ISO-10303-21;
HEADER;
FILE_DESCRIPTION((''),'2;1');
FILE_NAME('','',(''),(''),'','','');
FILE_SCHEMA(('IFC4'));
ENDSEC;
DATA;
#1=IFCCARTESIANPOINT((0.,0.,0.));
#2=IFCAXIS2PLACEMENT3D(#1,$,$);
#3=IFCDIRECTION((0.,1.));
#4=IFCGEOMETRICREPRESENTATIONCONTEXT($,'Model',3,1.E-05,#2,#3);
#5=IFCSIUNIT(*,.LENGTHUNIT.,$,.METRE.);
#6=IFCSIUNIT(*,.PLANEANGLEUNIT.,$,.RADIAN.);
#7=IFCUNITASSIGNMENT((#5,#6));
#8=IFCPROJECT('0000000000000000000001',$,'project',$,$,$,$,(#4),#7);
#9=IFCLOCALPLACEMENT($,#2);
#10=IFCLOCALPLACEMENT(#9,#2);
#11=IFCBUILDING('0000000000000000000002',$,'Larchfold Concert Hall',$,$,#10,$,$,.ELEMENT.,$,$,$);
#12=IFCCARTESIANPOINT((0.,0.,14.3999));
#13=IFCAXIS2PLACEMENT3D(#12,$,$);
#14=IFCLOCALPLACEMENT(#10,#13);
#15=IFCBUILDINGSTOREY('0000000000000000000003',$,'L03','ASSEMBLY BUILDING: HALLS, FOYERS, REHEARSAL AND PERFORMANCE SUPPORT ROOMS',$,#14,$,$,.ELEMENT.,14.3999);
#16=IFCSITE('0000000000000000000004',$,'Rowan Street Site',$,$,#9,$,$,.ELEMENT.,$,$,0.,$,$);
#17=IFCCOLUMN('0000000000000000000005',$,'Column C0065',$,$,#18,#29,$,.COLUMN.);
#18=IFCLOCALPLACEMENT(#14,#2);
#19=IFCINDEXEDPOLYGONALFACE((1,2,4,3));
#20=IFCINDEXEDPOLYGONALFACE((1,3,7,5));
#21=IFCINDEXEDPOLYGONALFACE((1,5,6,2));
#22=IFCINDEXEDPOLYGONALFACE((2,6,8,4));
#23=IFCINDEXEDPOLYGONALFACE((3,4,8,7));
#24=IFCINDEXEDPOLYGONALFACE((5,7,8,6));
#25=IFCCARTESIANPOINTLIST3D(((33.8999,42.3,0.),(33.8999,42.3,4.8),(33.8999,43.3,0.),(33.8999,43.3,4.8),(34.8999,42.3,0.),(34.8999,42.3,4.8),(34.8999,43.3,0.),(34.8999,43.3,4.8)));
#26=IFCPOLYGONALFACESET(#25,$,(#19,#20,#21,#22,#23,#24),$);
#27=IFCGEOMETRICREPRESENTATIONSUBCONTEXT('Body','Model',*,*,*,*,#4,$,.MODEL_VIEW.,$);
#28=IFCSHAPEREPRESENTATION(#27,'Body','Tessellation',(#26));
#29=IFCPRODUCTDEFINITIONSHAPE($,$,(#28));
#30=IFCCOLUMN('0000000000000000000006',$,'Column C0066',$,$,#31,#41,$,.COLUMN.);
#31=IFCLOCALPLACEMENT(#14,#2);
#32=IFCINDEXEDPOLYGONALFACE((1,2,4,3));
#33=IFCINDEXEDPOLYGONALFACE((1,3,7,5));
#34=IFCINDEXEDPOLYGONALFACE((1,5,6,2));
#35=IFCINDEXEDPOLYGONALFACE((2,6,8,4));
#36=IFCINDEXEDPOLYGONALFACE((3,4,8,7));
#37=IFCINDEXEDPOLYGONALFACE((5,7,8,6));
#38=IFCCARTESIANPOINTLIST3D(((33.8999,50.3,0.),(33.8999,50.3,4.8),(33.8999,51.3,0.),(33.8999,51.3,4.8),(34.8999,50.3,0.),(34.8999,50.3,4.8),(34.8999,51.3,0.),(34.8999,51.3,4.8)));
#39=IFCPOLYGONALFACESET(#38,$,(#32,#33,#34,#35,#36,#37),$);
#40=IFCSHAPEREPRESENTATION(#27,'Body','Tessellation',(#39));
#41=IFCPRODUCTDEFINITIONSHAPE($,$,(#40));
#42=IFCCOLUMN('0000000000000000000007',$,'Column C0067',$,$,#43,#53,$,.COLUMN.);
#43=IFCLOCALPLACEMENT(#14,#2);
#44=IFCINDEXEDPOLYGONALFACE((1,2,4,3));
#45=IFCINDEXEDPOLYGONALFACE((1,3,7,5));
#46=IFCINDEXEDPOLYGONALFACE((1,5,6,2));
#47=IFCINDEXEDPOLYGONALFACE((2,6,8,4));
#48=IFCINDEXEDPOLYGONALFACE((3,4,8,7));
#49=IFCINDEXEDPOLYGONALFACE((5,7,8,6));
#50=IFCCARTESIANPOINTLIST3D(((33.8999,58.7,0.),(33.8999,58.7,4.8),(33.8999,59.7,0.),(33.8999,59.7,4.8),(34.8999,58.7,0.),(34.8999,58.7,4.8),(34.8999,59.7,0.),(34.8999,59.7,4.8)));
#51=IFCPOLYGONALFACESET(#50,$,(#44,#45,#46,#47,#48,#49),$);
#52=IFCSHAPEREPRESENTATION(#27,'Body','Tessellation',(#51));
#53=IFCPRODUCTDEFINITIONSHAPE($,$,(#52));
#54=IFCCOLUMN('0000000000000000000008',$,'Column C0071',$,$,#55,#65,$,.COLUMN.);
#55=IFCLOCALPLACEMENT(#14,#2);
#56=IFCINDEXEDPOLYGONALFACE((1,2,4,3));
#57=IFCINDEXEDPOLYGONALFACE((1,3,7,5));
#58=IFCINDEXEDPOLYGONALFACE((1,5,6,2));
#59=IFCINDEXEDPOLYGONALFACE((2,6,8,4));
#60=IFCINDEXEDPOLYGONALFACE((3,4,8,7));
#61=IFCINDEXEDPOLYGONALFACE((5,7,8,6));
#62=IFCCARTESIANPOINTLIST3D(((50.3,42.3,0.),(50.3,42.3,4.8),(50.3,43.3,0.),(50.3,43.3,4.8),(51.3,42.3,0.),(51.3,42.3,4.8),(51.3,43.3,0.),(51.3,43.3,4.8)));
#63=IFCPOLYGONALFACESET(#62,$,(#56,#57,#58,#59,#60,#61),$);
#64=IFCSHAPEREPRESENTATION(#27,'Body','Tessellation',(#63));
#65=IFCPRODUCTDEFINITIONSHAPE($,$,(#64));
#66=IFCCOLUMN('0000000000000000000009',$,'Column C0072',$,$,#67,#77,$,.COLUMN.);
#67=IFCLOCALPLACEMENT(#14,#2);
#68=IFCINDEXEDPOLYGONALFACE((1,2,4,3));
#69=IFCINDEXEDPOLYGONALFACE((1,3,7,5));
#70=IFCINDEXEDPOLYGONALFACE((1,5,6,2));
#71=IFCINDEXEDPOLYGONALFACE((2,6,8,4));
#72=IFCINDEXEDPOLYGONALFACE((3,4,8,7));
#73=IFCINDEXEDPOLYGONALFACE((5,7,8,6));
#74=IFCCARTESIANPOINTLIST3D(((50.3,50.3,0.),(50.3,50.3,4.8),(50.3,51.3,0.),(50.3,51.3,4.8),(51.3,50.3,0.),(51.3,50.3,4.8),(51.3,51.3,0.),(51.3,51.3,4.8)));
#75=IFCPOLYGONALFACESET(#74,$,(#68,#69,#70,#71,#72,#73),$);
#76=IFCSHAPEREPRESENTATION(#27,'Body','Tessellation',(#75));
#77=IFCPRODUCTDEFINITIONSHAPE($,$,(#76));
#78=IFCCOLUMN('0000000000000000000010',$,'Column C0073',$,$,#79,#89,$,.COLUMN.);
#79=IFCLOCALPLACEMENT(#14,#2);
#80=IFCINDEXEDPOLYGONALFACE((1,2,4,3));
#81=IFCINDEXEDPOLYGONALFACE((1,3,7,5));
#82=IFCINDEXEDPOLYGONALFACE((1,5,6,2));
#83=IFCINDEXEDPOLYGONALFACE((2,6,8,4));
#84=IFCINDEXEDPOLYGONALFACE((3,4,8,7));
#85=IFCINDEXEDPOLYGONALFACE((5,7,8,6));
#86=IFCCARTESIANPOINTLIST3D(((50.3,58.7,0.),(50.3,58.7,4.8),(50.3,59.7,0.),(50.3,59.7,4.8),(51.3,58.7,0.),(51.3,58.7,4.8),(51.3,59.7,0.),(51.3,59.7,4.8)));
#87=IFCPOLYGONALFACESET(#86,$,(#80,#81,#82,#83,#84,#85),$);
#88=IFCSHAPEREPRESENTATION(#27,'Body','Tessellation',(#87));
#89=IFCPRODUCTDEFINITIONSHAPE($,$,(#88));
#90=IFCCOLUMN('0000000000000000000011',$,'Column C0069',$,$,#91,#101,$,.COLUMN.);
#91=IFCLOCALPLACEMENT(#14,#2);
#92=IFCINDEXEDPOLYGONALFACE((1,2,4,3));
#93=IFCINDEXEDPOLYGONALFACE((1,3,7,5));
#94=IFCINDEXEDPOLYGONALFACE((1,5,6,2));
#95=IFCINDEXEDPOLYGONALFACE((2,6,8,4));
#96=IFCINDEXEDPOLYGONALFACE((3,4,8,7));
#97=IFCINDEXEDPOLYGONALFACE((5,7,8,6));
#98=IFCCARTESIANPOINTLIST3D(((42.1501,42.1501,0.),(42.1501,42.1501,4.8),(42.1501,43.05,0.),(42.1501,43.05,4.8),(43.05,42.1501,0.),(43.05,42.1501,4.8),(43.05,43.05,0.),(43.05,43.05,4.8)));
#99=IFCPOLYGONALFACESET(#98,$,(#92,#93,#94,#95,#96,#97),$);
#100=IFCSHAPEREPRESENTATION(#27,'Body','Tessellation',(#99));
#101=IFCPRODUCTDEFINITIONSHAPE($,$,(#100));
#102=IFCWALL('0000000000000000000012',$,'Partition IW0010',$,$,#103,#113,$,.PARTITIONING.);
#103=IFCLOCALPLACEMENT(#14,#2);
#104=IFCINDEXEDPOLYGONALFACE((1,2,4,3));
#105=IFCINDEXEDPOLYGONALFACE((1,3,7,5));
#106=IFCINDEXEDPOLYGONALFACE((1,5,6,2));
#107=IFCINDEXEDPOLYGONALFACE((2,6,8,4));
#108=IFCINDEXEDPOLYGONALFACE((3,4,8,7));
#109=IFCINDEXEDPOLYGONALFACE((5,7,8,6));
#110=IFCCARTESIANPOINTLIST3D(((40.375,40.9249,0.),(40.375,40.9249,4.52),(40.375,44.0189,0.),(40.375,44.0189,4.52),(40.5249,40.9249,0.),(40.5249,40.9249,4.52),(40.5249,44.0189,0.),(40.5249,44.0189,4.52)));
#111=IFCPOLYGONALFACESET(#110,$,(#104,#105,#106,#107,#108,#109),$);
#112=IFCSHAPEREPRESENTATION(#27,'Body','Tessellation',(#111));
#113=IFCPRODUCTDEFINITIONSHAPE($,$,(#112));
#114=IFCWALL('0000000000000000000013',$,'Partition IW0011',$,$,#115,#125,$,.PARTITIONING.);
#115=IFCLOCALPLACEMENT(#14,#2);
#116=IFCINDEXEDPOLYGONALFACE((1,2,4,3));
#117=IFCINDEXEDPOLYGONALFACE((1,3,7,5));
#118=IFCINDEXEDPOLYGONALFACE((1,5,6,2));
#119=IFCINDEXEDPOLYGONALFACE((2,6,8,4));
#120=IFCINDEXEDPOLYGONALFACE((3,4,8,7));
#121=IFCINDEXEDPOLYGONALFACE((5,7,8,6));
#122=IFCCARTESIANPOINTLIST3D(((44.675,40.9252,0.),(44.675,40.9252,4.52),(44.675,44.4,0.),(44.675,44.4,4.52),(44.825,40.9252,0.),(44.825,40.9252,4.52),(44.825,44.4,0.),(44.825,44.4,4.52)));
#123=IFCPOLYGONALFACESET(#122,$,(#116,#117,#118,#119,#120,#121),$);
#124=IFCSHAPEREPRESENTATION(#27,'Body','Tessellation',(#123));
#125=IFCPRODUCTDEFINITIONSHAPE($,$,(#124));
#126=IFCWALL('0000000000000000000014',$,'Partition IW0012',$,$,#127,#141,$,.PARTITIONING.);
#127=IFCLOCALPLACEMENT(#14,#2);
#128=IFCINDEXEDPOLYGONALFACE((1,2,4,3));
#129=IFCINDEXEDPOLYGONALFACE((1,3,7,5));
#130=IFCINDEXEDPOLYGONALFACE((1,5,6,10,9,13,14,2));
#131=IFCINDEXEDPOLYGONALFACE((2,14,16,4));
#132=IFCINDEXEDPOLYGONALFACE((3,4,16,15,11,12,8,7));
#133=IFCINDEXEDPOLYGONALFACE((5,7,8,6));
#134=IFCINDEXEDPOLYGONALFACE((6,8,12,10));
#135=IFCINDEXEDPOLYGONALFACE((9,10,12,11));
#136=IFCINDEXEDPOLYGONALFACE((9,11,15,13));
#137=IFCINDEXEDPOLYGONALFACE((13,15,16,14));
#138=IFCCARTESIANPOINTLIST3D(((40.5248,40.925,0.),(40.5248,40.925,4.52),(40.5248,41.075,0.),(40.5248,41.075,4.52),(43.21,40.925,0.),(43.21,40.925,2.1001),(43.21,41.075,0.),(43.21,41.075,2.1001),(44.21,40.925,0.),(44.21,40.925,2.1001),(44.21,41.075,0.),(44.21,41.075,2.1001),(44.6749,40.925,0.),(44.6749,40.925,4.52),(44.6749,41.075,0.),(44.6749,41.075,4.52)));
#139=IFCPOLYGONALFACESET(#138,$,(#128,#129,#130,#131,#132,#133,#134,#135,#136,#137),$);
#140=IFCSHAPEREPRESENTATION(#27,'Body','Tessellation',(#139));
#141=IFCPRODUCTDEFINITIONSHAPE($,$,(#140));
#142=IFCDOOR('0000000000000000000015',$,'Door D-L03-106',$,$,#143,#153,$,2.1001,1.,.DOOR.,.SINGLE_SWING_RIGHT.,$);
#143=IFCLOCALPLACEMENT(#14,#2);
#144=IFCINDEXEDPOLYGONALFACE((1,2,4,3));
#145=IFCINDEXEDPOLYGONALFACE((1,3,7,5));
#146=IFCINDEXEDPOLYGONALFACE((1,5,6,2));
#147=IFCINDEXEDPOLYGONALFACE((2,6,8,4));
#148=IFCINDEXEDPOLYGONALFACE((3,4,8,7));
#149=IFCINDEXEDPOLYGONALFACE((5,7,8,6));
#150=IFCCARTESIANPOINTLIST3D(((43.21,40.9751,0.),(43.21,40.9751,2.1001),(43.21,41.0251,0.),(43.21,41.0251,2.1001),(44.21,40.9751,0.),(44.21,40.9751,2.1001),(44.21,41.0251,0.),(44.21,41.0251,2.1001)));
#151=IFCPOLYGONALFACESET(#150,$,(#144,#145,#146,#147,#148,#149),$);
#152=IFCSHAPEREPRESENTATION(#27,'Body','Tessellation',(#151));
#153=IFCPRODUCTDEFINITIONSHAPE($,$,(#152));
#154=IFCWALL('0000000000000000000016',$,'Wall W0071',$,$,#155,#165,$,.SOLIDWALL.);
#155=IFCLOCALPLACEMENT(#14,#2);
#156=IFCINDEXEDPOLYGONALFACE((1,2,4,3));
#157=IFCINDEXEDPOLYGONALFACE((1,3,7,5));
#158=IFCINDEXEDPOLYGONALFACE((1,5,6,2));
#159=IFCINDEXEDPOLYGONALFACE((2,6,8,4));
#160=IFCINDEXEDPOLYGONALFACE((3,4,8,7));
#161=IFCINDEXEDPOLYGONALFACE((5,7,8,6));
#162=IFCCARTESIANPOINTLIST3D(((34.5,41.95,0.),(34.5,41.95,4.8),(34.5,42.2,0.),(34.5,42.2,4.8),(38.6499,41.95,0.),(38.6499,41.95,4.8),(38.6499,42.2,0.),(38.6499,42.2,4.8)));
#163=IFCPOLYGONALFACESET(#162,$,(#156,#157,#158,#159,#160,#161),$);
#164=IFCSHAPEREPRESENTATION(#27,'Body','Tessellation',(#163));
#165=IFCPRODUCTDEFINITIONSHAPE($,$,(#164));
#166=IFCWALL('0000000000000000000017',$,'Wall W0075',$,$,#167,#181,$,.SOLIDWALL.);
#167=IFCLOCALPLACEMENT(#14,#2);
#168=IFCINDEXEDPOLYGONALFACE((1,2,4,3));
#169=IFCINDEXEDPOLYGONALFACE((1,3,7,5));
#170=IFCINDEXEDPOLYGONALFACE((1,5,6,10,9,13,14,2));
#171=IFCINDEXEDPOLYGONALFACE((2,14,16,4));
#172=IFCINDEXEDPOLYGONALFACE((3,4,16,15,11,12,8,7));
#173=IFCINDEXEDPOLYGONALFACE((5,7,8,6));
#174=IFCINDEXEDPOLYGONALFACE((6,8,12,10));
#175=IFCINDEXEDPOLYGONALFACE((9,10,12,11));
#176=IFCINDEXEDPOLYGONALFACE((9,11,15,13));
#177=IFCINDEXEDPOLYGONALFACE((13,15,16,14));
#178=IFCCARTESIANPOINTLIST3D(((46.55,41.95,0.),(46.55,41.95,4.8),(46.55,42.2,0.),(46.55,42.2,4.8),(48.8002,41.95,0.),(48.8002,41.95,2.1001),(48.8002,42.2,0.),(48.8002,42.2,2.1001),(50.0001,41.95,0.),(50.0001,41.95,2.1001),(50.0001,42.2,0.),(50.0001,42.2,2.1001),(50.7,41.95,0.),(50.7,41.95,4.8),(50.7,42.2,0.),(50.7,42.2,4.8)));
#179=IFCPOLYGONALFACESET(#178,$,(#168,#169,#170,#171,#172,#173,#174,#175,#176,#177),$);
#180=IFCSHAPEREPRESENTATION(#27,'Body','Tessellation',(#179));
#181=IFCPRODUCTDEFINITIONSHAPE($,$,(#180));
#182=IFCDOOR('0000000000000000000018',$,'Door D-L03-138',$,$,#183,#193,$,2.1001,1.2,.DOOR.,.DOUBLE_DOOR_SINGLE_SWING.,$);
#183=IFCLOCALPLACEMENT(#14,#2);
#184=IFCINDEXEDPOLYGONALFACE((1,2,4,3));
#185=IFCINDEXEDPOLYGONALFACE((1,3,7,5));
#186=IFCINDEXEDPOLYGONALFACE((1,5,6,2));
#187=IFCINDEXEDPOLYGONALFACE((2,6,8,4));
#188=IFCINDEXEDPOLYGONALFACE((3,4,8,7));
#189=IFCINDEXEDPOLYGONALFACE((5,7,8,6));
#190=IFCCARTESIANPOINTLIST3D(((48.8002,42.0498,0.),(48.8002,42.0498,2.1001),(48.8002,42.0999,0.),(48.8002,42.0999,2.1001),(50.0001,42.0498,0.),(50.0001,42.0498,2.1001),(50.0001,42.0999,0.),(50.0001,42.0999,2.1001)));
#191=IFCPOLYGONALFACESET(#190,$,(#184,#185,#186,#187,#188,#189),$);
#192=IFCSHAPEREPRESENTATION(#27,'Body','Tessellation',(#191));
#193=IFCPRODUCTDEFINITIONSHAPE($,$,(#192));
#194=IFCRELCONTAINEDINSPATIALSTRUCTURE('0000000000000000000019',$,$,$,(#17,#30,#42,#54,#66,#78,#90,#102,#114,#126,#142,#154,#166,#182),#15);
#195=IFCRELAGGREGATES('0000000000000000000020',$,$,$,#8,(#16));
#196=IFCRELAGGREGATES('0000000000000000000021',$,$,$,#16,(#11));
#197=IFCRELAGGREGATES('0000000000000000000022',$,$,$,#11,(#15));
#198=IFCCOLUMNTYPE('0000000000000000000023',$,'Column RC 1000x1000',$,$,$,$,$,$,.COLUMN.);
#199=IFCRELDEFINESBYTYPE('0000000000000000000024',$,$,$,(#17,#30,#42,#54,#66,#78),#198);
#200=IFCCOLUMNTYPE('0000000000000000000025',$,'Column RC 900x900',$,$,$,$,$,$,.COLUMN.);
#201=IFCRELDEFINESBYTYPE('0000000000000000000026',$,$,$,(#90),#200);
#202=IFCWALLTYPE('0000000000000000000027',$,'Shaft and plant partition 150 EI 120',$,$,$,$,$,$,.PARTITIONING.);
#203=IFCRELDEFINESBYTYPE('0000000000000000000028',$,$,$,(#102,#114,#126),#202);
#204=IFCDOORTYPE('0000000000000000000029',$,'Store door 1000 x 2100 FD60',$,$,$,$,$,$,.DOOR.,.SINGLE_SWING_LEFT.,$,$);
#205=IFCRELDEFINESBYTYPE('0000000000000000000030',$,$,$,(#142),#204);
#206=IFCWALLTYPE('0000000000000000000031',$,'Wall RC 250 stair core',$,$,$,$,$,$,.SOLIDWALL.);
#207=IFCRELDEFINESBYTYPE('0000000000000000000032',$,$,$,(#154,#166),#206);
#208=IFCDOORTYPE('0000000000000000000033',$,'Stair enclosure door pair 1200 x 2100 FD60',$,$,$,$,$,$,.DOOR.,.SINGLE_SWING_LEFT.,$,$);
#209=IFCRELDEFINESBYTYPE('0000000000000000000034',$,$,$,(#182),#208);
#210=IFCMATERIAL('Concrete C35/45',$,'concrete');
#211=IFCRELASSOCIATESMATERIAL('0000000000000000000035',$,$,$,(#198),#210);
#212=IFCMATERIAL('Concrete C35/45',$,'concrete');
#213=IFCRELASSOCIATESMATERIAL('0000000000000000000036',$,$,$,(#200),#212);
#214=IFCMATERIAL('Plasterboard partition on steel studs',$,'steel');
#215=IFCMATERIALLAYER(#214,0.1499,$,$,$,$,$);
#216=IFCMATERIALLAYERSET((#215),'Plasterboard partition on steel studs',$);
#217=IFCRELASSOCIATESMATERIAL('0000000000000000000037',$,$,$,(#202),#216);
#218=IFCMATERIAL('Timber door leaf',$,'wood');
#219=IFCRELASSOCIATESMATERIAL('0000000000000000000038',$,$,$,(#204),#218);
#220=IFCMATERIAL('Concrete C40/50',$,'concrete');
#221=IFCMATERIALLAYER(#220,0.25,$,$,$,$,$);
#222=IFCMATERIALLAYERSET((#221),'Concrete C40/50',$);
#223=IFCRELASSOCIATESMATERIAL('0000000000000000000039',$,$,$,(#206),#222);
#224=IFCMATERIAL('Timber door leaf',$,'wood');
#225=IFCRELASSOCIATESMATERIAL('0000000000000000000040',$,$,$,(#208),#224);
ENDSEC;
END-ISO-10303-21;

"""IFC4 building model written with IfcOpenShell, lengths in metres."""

from ifc_helpers import new_model, si_unit, direction, frame, frame_2d, origin, origin_2d, place, context, subcontext, project, spatial, rectangle, extrude, material, layer, layer_set, material_profile, profile_set, type_object, element, fill, save


model = new_model("IFC4")

# Units and contexts
model_context = context("Model", 3, precision=1e-05, world=origin(), true_north=direction((0.0, 1.0)))
body_context = subcontext(model_context, "Body", "Model", "MODEL_VIEW")
ifc_project = project(units=[si_unit("LENGTHUNIT", "METRE"), si_unit("PLANEANGLEUNIT", "RADIAN")], contexts=[model_context])

# Site, building, storey
site_placement = place(None, origin())
site = spatial("IfcSite", under=ifc_project, at=site_placement, Name="Rowan Street Site", CompositionType="ELEMENT", RefElevation=0.0)
building_placement = place(site_placement, origin())
building = spatial("IfcBuilding", under=site, at=building_placement, Name="Larchfold Concert Hall", CompositionType="ELEMENT")
storey_placement = place(building_placement, frame((0.0, 0.0, 14.3999)))
storey = spatial("IfcBuildingStorey", under=building, at=storey_placement, Name="L03", Description="ASSEMBLY BUILDING: HALLS, FOYERS, REHEARSAL AND PERFORMANCE SUPPORT ROOMS", CompositionType="ELEMENT", Elevation=14.3999)

# Columns
ifc_material_1 = material(Name="Concrete C35/45", Category="concrete")
ifc_material_profile_1 = material_profile(ifc_material_1, rectangle(XDim=1.0, YDim=1.0, at=origin_2d()))
ifc_profile_set_1 = profile_set([ifc_material_profile_1], Name="Concrete C35/45")
column_type_1 = type_object("IfcColumnType", Name="Column RC 1000x1000", PredefinedType="COLUMN", material=ifc_profile_set_1)
for number, where, z_axis, x_axis, name in (
    (1, (34.3999, 42.8, 0.0), (0.0, 0.0, 1.0), (1.0, 0.0, 0.0), "Column C0065"),
    (2, (34.3999, 50.8, 0.0), (0.0, 0.0, 1.0), (1.0, 0.0, 0.0), "Column C0066"),
    (3, (34.3999, 59.2, 0.0), (0.0, 0.0, 1.0), (1.0, 0.0, 0.0), "Column C0067"),
    (4, (50.8, 42.8, 0.0), (0.0, 0.0, 1.0), (1.0, 0.0, 0.0), "Column C0071"),
    (5, (50.8, 50.8, 0.0), (0.0, 0.0, 1.0), (1.0, 0.0, 0.0), "Column C0072"),
    (6, (50.8, 59.2, 0.0), (0.0, 0.0, 1.0), (1.0, 0.0, 0.0), "Column C0073"),
):
    element("IfcColumn", number, at=place(storey_placement, frame(where, z_axis=z_axis, x_axis=x_axis)), inside=storey, type_object=column_type_1, Name=name, PredefinedType="COLUMN", context=body_context, shape_type="SweptSolid", body=[
        extrude(rectangle(XDim=1.0, YDim=1.0, at=origin_2d()), origin(), (0.0, 0.0, 1.0), 4.8),
    ])
ifc_material_2 = material(Name="Concrete C35/45", Category="concrete")
ifc_material_profile_2 = material_profile(ifc_material_2, rectangle(XDim=0.8999, YDim=0.8999, at=origin_2d()))
ifc_profile_set_2 = profile_set([ifc_material_profile_2], Name="Concrete C35/45")
column_type_2 = type_object("IfcColumnType", Name="Column RC 900x900", PredefinedType="COLUMN", material=ifc_profile_set_2)
column_placement = place(storey_placement, frame((42.6001, 42.6001, 0.0), z_axis=(0.0, 0.0, 1.0), x_axis=(1.0, 0.0, 0.0)))
element("IfcColumn", 7, at=column_placement, inside=storey, type_object=column_type_2, Name="Column C0069", PredefinedType="COLUMN", context=body_context, shape_type="SweptSolid", body=[
    extrude(rectangle(XDim=0.8999, YDim=0.8999, at=origin_2d()), origin(), (0.0, 0.0, 1.0), 4.8),
])

# Walls
ifc_material_3 = material(Name="Plasterboard partition on steel studs", Category="steel")
ifc_layer_1 = layer(ifc_material_3, 0.1499)
ifc_layer_set_1 = layer_set([ifc_layer_1], Name="Plasterboard partition on steel studs")
wall_type_1 = type_object("IfcWallType", Name="Shaft and plant partition 150 EI 120", PredefinedType="PARTITIONING", material=ifc_layer_set_1)
wall_1_placement = place(storey_placement, frame((40.45, 40.925, 0.0), z_axis=(0.0, 0.0, 1.0), x_axis=(0.0, 1.0, 0.0)))
element("IfcWall", 8, at=wall_1_placement, inside=storey, type_object=wall_type_1, Name="Partition IW0010", PredefinedType="PARTITIONING", context=body_context, shape_type="SweptSolid", body=[
    extrude(rectangle(XDim=3.094, YDim=0.1499, at=frame_2d((1.5469, 0.0))), origin(), (0.0, 0.0, 1.0), 4.52),
])
wall_2_placement = place(storey_placement, frame((44.75, 44.3999, 0.0), z_axis=(0.0, 0.0, 1.0), x_axis=(0.0, -1.0, 0.0)))
element("IfcWall", 9, at=wall_2_placement, inside=storey, type_object=wall_type_1, Name="Partition IW0011", PredefinedType="PARTITIONING", context=body_context, shape_type="SweptSolid", body=[
    extrude(rectangle(XDim=3.4749, YDim=0.1499, at=frame_2d((1.7373, 0.0))), origin(), (0.0, 0.0, 1.0), 4.52),
])

# Wall, opening, door
wall_3_placement = place(storey_placement, frame((44.675, 41.0, 0.0), z_axis=(0.0, 0.0, 1.0), x_axis=(-1.0, 0.0, 0.0)))
wall_3 = element("IfcWall", 10, at=wall_3_placement, inside=storey, type_object=wall_type_1, Name="Partition IW0012", PredefinedType="PARTITIONING", context=body_context, shape_type="SweptSolid", body=[
    extrude(rectangle(XDim=4.1501, YDim=0.1499, at=frame_2d((2.0752, 0.0))), origin(), (0.0, 0.0, 1.0), 4.52),
])
opening_1_placement = place(wall_3_placement, frame((0.4651, 0.0, 0.0)))
opening_1 = element("IfcOpeningElement", 11, at=opening_1_placement, cuts=wall_3, PredefinedType="OPENING", context=body_context, shape_type="SweptSolid", body=[
    extrude(rectangle(XDim=1.0, YDim=2.1001, at=frame_2d((0.5, 1.05))), frame((0.0, 0.085, 0.0), z_axis=(0.0, -1.0, 0.0), x_axis=(1.0, 0.0, 0.0)), (0.0, 0.0, 1.0), 0.1699),
])
ifc_material_4 = material(Name="Timber door leaf", Category="wood")
door_type_1 = type_object("IfcDoorType", Name="Store door 1000 x 2100 FD60", OperationType="SINGLE_SWING_LEFT", PredefinedType="DOOR", material=ifc_material_4)
door_1_placement = place(opening_1_placement, origin())
door_1 = element("IfcDoor", 12, at=door_1_placement, inside=storey, type_object=door_type_1, Name="Door D-L03-106", OperationType="SINGLE_SWING_RIGHT", OverallHeight=2.1001, OverallWidth=1.0, PredefinedType="DOOR", context=body_context, shape_type="SweptSolid", body=[
    extrude(rectangle(XDim=1.0, YDim=2.1001, at=frame_2d((0.5, 1.05))), frame((0.0, 0.0249, 0.0), z_axis=(0.0, -1.0, 0.0), x_axis=(1.0, 0.0, 0.0)), (0.0, 0.0, 1.0), 0.05),
])
fill(opening_1, door_1)

# Wall
ifc_material_5 = material(Name="Concrete C40/50", Category="concrete")
ifc_layer_2 = layer(ifc_material_5, 0.25)
ifc_layer_set_2 = layer_set([ifc_layer_2], Name="Concrete C40/50")
wall_type_2 = type_object("IfcWallType", Name="Wall RC 250 stair core", PredefinedType="SOLIDWALL", material=ifc_layer_set_2)
wall_4_placement = place(storey_placement, frame((34.5, 42.075, 0.0), z_axis=(0.0, 0.0, 1.0), x_axis=(1.0, 0.0, 0.0)))
element("IfcWall", 13, at=wall_4_placement, inside=storey, type_object=wall_type_2, Name="Wall W0071", PredefinedType="SOLIDWALL", context=body_context, shape_type="SweptSolid", body=[
    extrude(rectangle(XDim=4.1499, YDim=0.25, at=frame_2d((2.075, 0.0))), origin(), (0.0, 0.0, 1.0), 4.8),
])

# Wall, opening, door
wall_5_placement = place(storey_placement, frame((46.55, 42.075, 0.0), z_axis=(0.0, 0.0, 1.0), x_axis=(1.0, 0.0, 0.0)))
wall_5 = element("IfcWall", 14, at=wall_5_placement, inside=storey, type_object=wall_type_2, Name="Wall W0075", PredefinedType="SOLIDWALL", context=body_context, shape_type="SweptSolid", body=[
    extrude(rectangle(XDim=4.1499, YDim=0.25, at=frame_2d((2.075, 0.0))), origin(), (0.0, 0.0, 1.0), 4.8),
])
opening_2_placement = place(wall_5_placement, frame((2.25, 0.0, 0.0)))
opening_2 = element("IfcOpeningElement", 15, at=opening_2_placement, cuts=wall_5, PredefinedType="OPENING", context=body_context, shape_type="SweptSolid", body=[
    extrude(rectangle(XDim=1.2, YDim=2.1001, at=frame_2d((0.6001, 1.05))), frame((0.0, 0.135, 0.0), z_axis=(0.0, -1.0, 0.0), x_axis=(1.0, 0.0, 0.0)), (0.0, 0.0, 1.0), 0.27),
])
ifc_material_6 = material(Name="Timber door leaf", Category="wood")
door_type_2 = type_object("IfcDoorType", Name="Stair enclosure door pair 1200 x 2100 FD60", OperationType="SINGLE_SWING_LEFT", PredefinedType="DOOR", material=ifc_material_6)
door_2_placement = place(opening_2_placement, origin())
door_2 = element("IfcDoor", 16, at=door_2_placement, inside=storey, type_object=door_type_2, Name="Door D-L03-138", OperationType="DOUBLE_DOOR_SINGLE_SWING", OverallHeight=2.1001, OverallWidth=1.2, PredefinedType="DOOR", context=body_context, shape_type="SweptSolid", body=[
    extrude(rectangle(XDim=1.2, YDim=2.1001, at=frame_2d((0.6001, 1.05))), frame((0.0, 0.0249, 0.0), z_axis=(0.0, -1.0, 0.0), x_axis=(1.0, 0.0, 0.0)), (0.0, 0.0, 1.0), 0.05),
])
fill(opening_2, door_2)

save(model, "model.ifc")
